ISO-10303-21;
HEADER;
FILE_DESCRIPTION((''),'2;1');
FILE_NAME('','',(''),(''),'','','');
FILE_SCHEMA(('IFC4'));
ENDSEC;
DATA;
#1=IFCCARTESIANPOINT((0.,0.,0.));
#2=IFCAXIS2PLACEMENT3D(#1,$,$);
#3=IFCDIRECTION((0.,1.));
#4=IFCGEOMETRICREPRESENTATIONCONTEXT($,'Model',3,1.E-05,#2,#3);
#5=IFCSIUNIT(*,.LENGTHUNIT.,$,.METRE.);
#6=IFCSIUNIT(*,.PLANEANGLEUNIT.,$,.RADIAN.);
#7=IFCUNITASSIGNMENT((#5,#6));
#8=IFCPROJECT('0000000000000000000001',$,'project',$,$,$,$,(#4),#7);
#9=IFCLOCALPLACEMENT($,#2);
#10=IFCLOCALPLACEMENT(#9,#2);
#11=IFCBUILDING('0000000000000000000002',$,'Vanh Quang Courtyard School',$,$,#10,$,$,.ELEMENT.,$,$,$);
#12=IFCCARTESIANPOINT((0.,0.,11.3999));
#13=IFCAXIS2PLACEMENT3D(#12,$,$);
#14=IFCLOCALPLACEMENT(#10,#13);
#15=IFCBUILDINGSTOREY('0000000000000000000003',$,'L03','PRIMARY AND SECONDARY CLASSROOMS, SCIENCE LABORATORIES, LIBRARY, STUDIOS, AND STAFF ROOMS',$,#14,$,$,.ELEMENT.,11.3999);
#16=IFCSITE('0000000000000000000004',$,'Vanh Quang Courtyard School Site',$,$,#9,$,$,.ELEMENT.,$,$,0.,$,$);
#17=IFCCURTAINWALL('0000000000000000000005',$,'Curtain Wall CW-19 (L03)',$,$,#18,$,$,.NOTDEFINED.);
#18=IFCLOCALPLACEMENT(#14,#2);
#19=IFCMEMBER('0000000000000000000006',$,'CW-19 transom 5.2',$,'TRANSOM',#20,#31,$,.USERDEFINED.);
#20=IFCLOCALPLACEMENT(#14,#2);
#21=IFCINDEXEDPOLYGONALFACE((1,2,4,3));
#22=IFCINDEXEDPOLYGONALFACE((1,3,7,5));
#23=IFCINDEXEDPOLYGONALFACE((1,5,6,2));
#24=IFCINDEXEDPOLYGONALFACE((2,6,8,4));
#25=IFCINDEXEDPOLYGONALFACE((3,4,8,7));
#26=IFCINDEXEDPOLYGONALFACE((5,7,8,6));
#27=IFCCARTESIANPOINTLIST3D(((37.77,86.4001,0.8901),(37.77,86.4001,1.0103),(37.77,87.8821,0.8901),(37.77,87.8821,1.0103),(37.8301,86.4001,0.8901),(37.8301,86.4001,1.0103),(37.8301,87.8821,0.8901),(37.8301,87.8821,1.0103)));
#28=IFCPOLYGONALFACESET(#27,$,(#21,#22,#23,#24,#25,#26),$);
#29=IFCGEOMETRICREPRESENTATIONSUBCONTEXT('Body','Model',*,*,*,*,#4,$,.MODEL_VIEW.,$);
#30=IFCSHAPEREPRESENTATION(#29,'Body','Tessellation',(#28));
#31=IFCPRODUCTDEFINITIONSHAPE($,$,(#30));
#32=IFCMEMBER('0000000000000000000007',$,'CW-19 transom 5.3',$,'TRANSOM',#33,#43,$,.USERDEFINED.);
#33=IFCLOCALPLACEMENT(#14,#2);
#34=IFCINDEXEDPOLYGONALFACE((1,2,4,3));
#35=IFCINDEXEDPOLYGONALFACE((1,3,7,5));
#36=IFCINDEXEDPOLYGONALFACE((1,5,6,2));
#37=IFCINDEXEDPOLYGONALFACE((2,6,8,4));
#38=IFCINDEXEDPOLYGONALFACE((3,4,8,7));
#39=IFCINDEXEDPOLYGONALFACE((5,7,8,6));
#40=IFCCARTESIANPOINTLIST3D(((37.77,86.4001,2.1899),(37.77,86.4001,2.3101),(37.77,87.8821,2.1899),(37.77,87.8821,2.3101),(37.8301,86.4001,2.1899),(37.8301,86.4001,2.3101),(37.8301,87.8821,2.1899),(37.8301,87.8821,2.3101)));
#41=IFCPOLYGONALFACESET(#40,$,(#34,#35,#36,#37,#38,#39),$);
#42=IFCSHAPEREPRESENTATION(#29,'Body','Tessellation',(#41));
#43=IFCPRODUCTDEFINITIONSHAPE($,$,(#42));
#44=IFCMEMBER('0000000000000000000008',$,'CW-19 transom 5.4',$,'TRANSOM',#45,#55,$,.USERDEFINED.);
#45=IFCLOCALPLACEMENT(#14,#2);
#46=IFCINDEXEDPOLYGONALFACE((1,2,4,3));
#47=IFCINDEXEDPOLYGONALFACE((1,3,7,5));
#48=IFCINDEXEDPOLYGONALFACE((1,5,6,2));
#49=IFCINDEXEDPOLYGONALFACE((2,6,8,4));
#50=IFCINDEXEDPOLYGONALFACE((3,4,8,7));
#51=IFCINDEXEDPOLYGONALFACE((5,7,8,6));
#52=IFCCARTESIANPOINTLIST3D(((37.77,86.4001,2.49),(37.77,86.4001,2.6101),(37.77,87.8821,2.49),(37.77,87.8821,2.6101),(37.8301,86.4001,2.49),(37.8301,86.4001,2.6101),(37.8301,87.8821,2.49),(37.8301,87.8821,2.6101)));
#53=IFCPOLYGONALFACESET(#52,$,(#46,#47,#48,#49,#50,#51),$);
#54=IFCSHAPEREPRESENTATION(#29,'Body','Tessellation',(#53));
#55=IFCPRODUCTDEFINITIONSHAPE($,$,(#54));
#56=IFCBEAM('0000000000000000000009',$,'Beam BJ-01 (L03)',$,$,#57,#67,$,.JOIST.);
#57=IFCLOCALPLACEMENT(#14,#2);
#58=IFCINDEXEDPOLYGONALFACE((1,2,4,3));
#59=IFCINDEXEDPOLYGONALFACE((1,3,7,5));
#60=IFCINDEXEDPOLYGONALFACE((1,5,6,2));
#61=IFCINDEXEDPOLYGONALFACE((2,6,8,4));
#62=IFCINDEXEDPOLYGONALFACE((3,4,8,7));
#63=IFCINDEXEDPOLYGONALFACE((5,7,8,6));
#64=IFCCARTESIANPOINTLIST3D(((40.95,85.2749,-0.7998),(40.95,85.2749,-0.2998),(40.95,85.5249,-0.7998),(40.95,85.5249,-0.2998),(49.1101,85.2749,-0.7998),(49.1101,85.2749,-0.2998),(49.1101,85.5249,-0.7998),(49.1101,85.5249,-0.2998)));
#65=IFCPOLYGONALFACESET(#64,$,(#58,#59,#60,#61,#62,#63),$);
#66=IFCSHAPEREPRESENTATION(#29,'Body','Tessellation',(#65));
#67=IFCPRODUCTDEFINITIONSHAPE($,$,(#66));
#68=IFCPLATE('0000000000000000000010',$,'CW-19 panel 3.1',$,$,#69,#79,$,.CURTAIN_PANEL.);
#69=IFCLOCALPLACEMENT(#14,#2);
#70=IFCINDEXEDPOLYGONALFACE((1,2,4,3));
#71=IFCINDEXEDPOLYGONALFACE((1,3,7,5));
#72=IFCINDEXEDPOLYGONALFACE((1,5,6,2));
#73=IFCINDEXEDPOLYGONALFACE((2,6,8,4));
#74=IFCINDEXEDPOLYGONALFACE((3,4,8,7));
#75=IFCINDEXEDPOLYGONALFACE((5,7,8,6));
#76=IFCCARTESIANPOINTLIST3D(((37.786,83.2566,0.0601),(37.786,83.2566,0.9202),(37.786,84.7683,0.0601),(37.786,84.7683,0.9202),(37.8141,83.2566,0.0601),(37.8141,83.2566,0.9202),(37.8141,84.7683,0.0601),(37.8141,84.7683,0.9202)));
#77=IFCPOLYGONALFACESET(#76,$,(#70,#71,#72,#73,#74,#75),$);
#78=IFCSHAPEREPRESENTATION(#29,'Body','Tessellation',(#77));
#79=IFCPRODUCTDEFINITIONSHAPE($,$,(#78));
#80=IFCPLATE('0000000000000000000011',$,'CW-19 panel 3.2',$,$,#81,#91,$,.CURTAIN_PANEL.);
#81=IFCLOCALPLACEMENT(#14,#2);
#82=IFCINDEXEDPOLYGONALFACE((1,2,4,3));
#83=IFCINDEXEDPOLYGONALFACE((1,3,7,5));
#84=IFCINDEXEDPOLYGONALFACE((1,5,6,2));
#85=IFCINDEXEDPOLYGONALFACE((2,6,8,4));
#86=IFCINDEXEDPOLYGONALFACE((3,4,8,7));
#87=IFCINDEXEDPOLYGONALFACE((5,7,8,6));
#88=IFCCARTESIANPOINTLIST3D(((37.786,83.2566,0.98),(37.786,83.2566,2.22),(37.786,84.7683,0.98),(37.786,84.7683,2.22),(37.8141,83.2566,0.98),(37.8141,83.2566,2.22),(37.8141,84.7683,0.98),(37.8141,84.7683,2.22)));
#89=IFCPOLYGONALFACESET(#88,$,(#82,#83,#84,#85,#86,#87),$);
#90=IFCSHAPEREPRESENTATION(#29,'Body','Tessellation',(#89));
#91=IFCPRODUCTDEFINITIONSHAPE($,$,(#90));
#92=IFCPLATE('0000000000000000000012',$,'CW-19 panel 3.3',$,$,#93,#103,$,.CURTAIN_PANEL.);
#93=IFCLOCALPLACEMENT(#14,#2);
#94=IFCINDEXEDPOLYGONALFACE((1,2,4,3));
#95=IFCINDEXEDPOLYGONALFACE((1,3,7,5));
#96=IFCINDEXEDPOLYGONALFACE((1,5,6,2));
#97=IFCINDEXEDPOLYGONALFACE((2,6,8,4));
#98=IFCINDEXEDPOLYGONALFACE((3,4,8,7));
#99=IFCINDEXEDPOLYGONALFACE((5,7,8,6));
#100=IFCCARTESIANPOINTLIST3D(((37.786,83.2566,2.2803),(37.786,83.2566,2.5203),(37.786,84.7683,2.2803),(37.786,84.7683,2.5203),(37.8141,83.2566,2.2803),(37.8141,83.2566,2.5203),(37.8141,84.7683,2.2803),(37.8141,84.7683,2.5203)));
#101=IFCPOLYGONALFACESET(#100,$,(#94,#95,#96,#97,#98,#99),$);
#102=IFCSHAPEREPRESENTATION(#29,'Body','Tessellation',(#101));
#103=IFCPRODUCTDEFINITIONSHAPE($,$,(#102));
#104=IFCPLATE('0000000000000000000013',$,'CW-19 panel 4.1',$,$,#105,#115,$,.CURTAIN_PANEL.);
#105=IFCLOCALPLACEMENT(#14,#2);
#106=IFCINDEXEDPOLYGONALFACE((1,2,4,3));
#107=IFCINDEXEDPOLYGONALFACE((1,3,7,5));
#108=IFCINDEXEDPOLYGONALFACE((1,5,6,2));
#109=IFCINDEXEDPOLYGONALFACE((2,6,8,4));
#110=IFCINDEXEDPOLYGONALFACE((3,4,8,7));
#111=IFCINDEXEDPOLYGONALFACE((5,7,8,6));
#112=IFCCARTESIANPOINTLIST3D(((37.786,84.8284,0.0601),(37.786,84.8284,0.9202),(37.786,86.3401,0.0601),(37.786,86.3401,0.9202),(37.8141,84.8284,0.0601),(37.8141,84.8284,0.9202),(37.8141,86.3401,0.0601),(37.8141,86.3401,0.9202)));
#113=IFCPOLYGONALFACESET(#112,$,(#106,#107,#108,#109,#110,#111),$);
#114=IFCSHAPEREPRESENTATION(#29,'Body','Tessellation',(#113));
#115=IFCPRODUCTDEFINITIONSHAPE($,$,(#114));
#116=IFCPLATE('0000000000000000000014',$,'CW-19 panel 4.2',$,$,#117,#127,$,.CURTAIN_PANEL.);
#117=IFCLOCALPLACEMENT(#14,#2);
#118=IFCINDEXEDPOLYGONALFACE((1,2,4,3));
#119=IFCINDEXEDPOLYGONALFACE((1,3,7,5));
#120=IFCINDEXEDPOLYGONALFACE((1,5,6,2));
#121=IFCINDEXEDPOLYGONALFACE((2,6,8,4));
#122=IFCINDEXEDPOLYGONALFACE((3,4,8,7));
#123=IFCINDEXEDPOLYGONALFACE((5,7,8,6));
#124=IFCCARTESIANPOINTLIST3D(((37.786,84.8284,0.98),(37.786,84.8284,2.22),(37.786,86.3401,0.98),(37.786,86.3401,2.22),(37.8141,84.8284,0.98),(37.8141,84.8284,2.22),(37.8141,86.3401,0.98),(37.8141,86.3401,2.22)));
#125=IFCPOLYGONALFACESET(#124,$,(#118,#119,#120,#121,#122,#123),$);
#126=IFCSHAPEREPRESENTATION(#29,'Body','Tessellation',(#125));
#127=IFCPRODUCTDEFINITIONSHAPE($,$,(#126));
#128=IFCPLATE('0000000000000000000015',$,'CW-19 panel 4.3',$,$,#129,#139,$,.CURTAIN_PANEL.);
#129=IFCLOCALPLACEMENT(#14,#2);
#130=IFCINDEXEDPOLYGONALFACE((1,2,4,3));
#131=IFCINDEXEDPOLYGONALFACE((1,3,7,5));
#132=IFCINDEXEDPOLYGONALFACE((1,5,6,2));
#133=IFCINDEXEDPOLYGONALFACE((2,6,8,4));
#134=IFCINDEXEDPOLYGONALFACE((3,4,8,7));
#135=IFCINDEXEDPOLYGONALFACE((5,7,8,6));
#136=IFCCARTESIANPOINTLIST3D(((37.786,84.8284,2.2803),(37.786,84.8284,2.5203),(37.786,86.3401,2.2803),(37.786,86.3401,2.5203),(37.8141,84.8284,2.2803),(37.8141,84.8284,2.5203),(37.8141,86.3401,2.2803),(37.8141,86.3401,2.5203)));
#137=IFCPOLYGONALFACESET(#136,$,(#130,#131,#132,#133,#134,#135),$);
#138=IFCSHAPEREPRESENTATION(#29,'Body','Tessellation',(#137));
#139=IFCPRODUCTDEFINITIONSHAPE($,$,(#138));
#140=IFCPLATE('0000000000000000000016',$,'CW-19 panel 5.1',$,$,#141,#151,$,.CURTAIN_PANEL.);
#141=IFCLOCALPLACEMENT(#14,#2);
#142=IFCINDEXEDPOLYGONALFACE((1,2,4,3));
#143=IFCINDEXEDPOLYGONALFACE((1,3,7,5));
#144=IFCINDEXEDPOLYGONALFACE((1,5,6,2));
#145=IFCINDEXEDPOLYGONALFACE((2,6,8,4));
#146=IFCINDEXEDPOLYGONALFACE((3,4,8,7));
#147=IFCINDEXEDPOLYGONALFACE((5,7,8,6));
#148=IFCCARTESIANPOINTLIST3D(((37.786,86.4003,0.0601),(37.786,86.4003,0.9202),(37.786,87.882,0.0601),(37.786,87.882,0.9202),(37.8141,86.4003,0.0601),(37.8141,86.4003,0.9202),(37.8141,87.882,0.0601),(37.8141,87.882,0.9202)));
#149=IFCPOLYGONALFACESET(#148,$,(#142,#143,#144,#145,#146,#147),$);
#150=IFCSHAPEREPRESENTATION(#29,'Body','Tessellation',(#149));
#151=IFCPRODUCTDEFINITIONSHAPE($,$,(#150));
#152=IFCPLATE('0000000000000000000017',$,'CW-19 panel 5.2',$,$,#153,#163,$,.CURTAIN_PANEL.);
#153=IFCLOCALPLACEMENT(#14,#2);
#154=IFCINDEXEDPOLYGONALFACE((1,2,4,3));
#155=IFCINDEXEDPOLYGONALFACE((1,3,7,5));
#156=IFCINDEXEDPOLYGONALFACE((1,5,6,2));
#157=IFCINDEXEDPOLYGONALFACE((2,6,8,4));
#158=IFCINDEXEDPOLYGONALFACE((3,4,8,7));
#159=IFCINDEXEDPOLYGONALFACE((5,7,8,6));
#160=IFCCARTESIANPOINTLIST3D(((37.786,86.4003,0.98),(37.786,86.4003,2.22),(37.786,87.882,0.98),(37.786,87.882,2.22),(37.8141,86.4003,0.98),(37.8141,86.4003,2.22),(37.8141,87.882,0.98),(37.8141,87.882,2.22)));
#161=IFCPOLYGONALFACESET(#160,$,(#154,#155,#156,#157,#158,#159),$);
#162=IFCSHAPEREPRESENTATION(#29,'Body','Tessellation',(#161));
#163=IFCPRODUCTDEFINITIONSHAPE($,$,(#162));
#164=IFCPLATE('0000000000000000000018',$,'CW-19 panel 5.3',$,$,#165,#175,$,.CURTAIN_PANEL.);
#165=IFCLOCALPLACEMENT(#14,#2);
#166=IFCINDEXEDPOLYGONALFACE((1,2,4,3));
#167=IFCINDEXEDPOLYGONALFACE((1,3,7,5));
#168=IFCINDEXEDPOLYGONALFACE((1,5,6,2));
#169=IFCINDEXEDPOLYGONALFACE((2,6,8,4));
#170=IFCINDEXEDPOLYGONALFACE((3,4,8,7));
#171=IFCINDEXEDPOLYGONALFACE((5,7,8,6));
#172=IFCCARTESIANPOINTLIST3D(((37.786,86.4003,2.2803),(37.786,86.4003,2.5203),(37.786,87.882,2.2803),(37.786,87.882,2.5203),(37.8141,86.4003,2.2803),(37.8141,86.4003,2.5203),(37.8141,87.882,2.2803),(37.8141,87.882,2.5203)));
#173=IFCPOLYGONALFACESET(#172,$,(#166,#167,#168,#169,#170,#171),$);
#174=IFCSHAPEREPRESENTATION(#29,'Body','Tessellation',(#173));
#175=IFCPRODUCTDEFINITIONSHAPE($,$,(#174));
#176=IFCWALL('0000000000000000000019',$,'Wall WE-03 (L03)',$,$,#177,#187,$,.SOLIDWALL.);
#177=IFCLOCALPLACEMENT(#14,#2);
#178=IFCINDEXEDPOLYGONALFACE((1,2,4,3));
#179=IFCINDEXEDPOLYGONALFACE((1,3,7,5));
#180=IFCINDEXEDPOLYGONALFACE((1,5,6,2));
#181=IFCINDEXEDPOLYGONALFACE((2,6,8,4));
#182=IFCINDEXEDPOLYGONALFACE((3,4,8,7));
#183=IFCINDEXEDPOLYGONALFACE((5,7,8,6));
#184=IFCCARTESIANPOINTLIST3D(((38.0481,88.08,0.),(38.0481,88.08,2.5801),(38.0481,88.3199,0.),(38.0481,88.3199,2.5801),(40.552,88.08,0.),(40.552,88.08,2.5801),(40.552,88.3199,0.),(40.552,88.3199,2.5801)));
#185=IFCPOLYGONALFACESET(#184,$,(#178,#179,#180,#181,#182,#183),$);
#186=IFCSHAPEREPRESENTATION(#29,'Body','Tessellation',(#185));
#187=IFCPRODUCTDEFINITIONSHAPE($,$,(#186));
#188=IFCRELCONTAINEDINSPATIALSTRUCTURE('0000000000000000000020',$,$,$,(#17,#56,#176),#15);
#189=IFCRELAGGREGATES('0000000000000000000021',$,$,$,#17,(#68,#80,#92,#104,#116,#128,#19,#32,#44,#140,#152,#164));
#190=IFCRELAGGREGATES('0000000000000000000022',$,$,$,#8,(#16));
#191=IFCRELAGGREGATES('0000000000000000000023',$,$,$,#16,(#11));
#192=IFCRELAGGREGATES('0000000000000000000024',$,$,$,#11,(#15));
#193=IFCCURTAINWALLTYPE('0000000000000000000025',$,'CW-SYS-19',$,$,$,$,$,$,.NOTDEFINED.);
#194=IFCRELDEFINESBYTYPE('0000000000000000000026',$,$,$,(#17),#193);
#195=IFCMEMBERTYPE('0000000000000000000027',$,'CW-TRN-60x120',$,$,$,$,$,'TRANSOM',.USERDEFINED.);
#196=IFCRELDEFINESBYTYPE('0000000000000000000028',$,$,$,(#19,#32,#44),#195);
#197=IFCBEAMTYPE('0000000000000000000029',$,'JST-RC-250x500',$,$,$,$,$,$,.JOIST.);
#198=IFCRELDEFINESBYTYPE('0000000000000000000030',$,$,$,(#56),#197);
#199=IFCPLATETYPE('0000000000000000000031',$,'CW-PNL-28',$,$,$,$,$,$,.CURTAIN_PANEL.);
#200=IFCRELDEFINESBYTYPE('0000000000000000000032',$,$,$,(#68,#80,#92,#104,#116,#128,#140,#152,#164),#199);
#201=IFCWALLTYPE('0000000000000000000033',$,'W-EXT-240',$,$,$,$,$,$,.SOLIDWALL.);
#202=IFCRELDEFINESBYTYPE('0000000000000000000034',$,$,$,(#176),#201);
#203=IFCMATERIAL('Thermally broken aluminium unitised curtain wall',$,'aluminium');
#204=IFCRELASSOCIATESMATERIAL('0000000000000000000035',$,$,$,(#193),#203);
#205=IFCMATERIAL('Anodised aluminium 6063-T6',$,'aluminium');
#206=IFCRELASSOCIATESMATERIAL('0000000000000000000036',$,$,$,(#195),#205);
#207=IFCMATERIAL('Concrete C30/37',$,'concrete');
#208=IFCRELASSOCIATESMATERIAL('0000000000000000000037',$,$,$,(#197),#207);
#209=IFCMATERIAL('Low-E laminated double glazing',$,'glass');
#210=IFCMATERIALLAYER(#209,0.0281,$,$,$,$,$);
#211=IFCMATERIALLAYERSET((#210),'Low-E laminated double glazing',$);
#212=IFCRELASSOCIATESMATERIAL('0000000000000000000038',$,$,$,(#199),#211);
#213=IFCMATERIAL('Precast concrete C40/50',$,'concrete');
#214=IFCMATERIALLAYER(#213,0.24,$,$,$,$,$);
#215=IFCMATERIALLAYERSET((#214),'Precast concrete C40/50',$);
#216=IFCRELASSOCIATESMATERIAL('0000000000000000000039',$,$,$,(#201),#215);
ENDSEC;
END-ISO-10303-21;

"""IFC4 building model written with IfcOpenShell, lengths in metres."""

from ifc_helpers import new_model, si_unit, direction, frame, frame_2d, origin, origin_2d, place, context, subcontext, project, spatial, rectangle, extrude, material, layer, layer_set, material_profile, profile_set, type_object, element, aggregate, save


model = new_model("IFC4")

# Units and contexts
model_context = context("Model", 3, precision=1e-05, world=origin(), true_north=direction((0.0, 1.0)))
body_context = subcontext(model_context, "Body", "Model", "MODEL_VIEW")
ifc_project = project(units=[si_unit("LENGTHUNIT", "METRE"), si_unit("PLANEANGLEUNIT", "RADIAN")], contexts=[model_context])

# Site, building, storey
site_placement = place(None, origin())
site = spatial("IfcSite", under=ifc_project, at=site_placement, Name="Vanh Quang Courtyard School Site", CompositionType="ELEMENT", RefElevation=0.0)
building_placement = place(site_placement, origin())
building = spatial("IfcBuilding", under=site, at=building_placement, Name="Vanh Quang Courtyard School", CompositionType="ELEMENT")
storey_placement = place(building_placement, frame((0.0, 0.0, 11.3999)))
storey = spatial("IfcBuildingStorey", under=building, at=storey_placement, Name="L03", Description="PRIMARY AND SECONDARY CLASSROOMS, SCIENCE LABORATORIES, LIBRARY, STUDIOS, AND STAFF ROOMS", CompositionType="ELEMENT", Elevation=11.3999)

# Curtain wall
ifc_material_1 = material(Name="Thermally broken aluminium unitised curtain wall", Category="aluminium")
curtain_wall_type = type_object("IfcCurtainWallType", Name="CW-SYS-19", PredefinedType="NOTDEFINED", material=ifc_material_1)
curtain_wall_1_placement = place(storey_placement, origin())
curtain_wall_1 = element("IfcCurtainWall", 1, at=curtain_wall_1_placement, inside=storey, type_object=curtain_wall_type, Name="Curtain Wall CW-19 (L03)", PredefinedType="NOTDEFINED")
ifc_material_2 = material(Name="Anodised aluminium 6063-T6", Category="aluminium")

# Members
ifc_material_profile_1 = material_profile(ifc_material_2, rectangle(XDim=0.0601, YDim=0.1201, at=origin_2d()), Name="ALU-TRN 60x120")
ifc_profile_set_1 = profile_set([ifc_material_profile_1], Name="Anodised aluminium 6063-T6")
member_type_1 = type_object("IfcMemberType", Name="CW-TRN-60x120", ElementType="TRANSOM", PredefinedType="USERDEFINED", material=ifc_profile_set_1)
member_1_placement = place(storey_placement, frame((37.8, 86.4001, 0.9502), z_axis=(0.0, 1.0, 0.0), x_axis=(-1.0, 0.0, 0.0)))
member_1 = element("IfcMember", 2, at=member_1_placement, type_object=member_type_1, Name="CW-19 transom 5.2", ObjectType="TRANSOM", PredefinedType="USERDEFINED", context=body_context, shape_type="SweptSolid", body=[
    extrude(rectangle(XDim=0.0601, YDim=0.1201, at=origin_2d()), origin(), (0.0, 0.0, 1.0), 1.4819),
])
member_2_placement = place(storey_placement, frame((37.8, 86.4001, 2.25), z_axis=(0.0, 1.0, 0.0), x_axis=(-1.0, 0.0, 0.0)))
member_2 = element("IfcMember", 3, at=member_2_placement, type_object=member_type_1, Name="CW-19 transom 5.3", ObjectType="TRANSOM", PredefinedType="USERDEFINED", context=body_context, shape_type="SweptSolid", body=[
    extrude(rectangle(XDim=0.0601, YDim=0.1201, at=origin_2d()), origin(), (0.0, 0.0, 1.0), 1.4819),
])
member_3_placement = place(storey_placement, frame((37.8, 86.4001, 2.55), z_axis=(0.0, 1.0, 0.0), x_axis=(-1.0, 0.0, 0.0)))
member_3 = element("IfcMember", 4, at=member_3_placement, type_object=member_type_1, Name="CW-19 transom 5.4", ObjectType="TRANSOM", PredefinedType="USERDEFINED", context=body_context, shape_type="SweptSolid", body=[
    extrude(rectangle(XDim=0.0601, YDim=0.1201, at=origin_2d()), origin(), (0.0, 0.0, 1.0), 1.4819),
])

# Beam
ifc_material_3 = material(Name="Concrete C30/37", Category="concrete")
ifc_material_profile_2 = material_profile(ifc_material_3, rectangle(XDim=0.25, YDim=0.5, at=origin_2d()), Name="RC-JST 250x500")
ifc_profile_set_2 = profile_set([ifc_material_profile_2], Name="Concrete C30/37")
beam_type_1 = type_object("IfcBeamType", Name="JST-RC-250x500", PredefinedType="JOIST", material=ifc_profile_set_2)
beam_1_placement = place(storey_placement, frame((40.95, 85.3999, -0.5498), z_axis=(1.0, 0.0, 0.0), x_axis=(0.0, 1.0, 0.0)))
element("IfcBeam", 5, at=beam_1_placement, inside=storey, type_object=beam_type_1, Name="Beam BJ-01 (L03)", PredefinedType="JOIST", context=body_context, shape_type="SweptSolid", body=[
    extrude(rectangle(XDim=0.25, YDim=0.5, at=origin_2d()), origin(), (0.0, 0.0, 1.0), 8.1602),
])

# Plates
ifc_material_4 = material(Name="Low-E laminated double glazing", Category="glass")
ifc_layer_1 = layer(ifc_material_4, 0.0281)
ifc_layer_set_1 = layer_set([ifc_layer_1], Name="Low-E laminated double glazing")
plate_type = type_object("IfcPlateType", Name="CW-PNL-28", PredefinedType="CURTAIN_PANEL", material=ifc_layer_set_1)
plate_1_placement = place(storey_placement, frame((37.8, 84.0125, 0.0601), z_axis=(0.0, 0.0, 1.0), x_axis=(0.0, 1.0, 0.0)))
plate_1 = element("IfcPlate", 6, at=plate_1_placement, type_object=plate_type, Name="CW-19 panel 3.1", PredefinedType="CURTAIN_PANEL", context=body_context, shape_type="SweptSolid", body=[
    extrude(rectangle(XDim=1.5117, YDim=0.0281, at=origin_2d()), origin(), (0.0, 0.0, 1.0), 0.8601),
])
plate_2_placement = place(storey_placement, frame((37.8, 84.0125, 0.98), z_axis=(0.0, 0.0, 1.0), x_axis=(0.0, 1.0, 0.0)))
plate_2 = element("IfcPlate", 7, at=plate_2_placement, type_object=plate_type, Name="CW-19 panel 3.2", PredefinedType="CURTAIN_PANEL", context=body_context, shape_type="SweptSolid", body=[
    extrude(rectangle(XDim=1.5117, YDim=0.0281, at=origin_2d()), origin(), (0.0, 0.0, 1.0), 1.24),
])
plate_3_placement = place(storey_placement, frame((37.8, 84.0125, 2.2803), z_axis=(0.0, 0.0, 1.0), x_axis=(0.0, 1.0, 0.0)))
plate_3 = element("IfcPlate", 8, at=plate_3_placement, type_object=plate_type, Name="CW-19 panel 3.3", PredefinedType="CURTAIN_PANEL", context=body_context, shape_type="SweptSolid", body=[
    extrude(rectangle(XDim=1.5117, YDim=0.0281, at=origin_2d()), origin(), (0.0, 0.0, 1.0), 0.24),
])
plate_4_placement = place(storey_placement, frame((37.8, 85.5842, 0.0601), z_axis=(0.0, 0.0, 1.0), x_axis=(0.0, 1.0, 0.0)))
plate_4 = element("IfcPlate", 9, at=plate_4_placement, type_object=plate_type, Name="CW-19 panel 4.1", PredefinedType="CURTAIN_PANEL", context=body_context, shape_type="SweptSolid", body=[
    extrude(rectangle(XDim=1.5117, YDim=0.0281, at=origin_2d()), origin(), (0.0, 0.0, 1.0), 0.8601),
])
plate_5_placement = place(storey_placement, frame((37.8, 85.5842, 0.98), z_axis=(0.0, 0.0, 1.0), x_axis=(0.0, 1.0, 0.0)))
plate_5 = element("IfcPlate", 10, at=plate_5_placement, type_object=plate_type, Name="CW-19 panel 4.2", PredefinedType="CURTAIN_PANEL", context=body_context, shape_type="SweptSolid", body=[
    extrude(rectangle(XDim=1.5117, YDim=0.0281, at=origin_2d()), origin(), (0.0, 0.0, 1.0), 1.24),
])
plate_6_placement = place(storey_placement, frame((37.8, 85.5842, 2.2803), z_axis=(0.0, 0.0, 1.0), x_axis=(0.0, 1.0, 0.0)))
plate_6 = element("IfcPlate", 11, at=plate_6_placement, type_object=plate_type, Name="CW-19 panel 4.3", PredefinedType="CURTAIN_PANEL", context=body_context, shape_type="SweptSolid", body=[
    extrude(rectangle(XDim=1.5117, YDim=0.0281, at=origin_2d()), origin(), (0.0, 0.0, 1.0), 0.24),
])
plate_7_placement = place(storey_placement, frame((37.8, 87.1411, 0.0601), z_axis=(0.0, 0.0, 1.0), x_axis=(0.0, 1.0, 0.0)))
plate_7 = element("IfcPlate", 12, at=plate_7_placement, type_object=plate_type, Name="CW-19 panel 5.1", PredefinedType="CURTAIN_PANEL", context=body_context, shape_type="SweptSolid", body=[
    extrude(rectangle(XDim=1.4817, YDim=0.0281, at=origin_2d()), origin(), (0.0, 0.0, 1.0), 0.8601),
])
plate_8_placement = place(storey_placement, frame((37.8, 87.1411, 0.98), z_axis=(0.0, 0.0, 1.0), x_axis=(0.0, 1.0, 0.0)))
plate_8 = element("IfcPlate", 13, at=plate_8_placement, type_object=plate_type, Name="CW-19 panel 5.2", PredefinedType="CURTAIN_PANEL", context=body_context, shape_type="SweptSolid", body=[
    extrude(rectangle(XDim=1.4817, YDim=0.0281, at=origin_2d()), origin(), (0.0, 0.0, 1.0), 1.24),
])
plate_9_placement = place(storey_placement, frame((37.8, 87.1411, 2.2803), z_axis=(0.0, 0.0, 1.0), x_axis=(0.0, 1.0, 0.0)))
plate_9 = element("IfcPlate", 14, at=plate_9_placement, type_object=plate_type, Name="CW-19 panel 5.3", PredefinedType="CURTAIN_PANEL", context=body_context, shape_type="SweptSolid", body=[
    extrude(rectangle(XDim=1.4817, YDim=0.0281, at=origin_2d()), origin(), (0.0, 0.0, 1.0), 0.24),
])
aggregate(curtain_wall_1, [plate_1, plate_2, plate_3, plate_4, plate_5, plate_6, member_1, member_2, member_3, plate_7, plate_8, plate_9])

# Wall
ifc_material_5 = material(Name="Precast concrete C40/50", Category="concrete")
ifc_layer_2 = layer(ifc_material_5, 0.24)
ifc_layer_set_2 = layer_set([ifc_layer_2], Name="Precast concrete C40/50")
wall_type = type_object("IfcWallType", Name="W-EXT-240", PredefinedType="SOLIDWALL", material=ifc_layer_set_2)
wall_placement = place(storey_placement, frame((38.0481, 88.2, 0.0), z_axis=(0.0, 0.0, 1.0), x_axis=(1.0, 0.0, 0.0)))
element("IfcWall", 15, at=wall_placement, inside=storey, type_object=wall_type, Name="Wall WE-03 (L03)", PredefinedType="SOLIDWALL", context=body_context, shape_type="SweptSolid", body=[
    extrude(rectangle(XDim=2.5039, YDim=0.24, at=frame_2d((1.252, 0.0))), origin(), (0.0, 0.0, 1.0), 2.5801),
])

save(model, "model.ifc")
